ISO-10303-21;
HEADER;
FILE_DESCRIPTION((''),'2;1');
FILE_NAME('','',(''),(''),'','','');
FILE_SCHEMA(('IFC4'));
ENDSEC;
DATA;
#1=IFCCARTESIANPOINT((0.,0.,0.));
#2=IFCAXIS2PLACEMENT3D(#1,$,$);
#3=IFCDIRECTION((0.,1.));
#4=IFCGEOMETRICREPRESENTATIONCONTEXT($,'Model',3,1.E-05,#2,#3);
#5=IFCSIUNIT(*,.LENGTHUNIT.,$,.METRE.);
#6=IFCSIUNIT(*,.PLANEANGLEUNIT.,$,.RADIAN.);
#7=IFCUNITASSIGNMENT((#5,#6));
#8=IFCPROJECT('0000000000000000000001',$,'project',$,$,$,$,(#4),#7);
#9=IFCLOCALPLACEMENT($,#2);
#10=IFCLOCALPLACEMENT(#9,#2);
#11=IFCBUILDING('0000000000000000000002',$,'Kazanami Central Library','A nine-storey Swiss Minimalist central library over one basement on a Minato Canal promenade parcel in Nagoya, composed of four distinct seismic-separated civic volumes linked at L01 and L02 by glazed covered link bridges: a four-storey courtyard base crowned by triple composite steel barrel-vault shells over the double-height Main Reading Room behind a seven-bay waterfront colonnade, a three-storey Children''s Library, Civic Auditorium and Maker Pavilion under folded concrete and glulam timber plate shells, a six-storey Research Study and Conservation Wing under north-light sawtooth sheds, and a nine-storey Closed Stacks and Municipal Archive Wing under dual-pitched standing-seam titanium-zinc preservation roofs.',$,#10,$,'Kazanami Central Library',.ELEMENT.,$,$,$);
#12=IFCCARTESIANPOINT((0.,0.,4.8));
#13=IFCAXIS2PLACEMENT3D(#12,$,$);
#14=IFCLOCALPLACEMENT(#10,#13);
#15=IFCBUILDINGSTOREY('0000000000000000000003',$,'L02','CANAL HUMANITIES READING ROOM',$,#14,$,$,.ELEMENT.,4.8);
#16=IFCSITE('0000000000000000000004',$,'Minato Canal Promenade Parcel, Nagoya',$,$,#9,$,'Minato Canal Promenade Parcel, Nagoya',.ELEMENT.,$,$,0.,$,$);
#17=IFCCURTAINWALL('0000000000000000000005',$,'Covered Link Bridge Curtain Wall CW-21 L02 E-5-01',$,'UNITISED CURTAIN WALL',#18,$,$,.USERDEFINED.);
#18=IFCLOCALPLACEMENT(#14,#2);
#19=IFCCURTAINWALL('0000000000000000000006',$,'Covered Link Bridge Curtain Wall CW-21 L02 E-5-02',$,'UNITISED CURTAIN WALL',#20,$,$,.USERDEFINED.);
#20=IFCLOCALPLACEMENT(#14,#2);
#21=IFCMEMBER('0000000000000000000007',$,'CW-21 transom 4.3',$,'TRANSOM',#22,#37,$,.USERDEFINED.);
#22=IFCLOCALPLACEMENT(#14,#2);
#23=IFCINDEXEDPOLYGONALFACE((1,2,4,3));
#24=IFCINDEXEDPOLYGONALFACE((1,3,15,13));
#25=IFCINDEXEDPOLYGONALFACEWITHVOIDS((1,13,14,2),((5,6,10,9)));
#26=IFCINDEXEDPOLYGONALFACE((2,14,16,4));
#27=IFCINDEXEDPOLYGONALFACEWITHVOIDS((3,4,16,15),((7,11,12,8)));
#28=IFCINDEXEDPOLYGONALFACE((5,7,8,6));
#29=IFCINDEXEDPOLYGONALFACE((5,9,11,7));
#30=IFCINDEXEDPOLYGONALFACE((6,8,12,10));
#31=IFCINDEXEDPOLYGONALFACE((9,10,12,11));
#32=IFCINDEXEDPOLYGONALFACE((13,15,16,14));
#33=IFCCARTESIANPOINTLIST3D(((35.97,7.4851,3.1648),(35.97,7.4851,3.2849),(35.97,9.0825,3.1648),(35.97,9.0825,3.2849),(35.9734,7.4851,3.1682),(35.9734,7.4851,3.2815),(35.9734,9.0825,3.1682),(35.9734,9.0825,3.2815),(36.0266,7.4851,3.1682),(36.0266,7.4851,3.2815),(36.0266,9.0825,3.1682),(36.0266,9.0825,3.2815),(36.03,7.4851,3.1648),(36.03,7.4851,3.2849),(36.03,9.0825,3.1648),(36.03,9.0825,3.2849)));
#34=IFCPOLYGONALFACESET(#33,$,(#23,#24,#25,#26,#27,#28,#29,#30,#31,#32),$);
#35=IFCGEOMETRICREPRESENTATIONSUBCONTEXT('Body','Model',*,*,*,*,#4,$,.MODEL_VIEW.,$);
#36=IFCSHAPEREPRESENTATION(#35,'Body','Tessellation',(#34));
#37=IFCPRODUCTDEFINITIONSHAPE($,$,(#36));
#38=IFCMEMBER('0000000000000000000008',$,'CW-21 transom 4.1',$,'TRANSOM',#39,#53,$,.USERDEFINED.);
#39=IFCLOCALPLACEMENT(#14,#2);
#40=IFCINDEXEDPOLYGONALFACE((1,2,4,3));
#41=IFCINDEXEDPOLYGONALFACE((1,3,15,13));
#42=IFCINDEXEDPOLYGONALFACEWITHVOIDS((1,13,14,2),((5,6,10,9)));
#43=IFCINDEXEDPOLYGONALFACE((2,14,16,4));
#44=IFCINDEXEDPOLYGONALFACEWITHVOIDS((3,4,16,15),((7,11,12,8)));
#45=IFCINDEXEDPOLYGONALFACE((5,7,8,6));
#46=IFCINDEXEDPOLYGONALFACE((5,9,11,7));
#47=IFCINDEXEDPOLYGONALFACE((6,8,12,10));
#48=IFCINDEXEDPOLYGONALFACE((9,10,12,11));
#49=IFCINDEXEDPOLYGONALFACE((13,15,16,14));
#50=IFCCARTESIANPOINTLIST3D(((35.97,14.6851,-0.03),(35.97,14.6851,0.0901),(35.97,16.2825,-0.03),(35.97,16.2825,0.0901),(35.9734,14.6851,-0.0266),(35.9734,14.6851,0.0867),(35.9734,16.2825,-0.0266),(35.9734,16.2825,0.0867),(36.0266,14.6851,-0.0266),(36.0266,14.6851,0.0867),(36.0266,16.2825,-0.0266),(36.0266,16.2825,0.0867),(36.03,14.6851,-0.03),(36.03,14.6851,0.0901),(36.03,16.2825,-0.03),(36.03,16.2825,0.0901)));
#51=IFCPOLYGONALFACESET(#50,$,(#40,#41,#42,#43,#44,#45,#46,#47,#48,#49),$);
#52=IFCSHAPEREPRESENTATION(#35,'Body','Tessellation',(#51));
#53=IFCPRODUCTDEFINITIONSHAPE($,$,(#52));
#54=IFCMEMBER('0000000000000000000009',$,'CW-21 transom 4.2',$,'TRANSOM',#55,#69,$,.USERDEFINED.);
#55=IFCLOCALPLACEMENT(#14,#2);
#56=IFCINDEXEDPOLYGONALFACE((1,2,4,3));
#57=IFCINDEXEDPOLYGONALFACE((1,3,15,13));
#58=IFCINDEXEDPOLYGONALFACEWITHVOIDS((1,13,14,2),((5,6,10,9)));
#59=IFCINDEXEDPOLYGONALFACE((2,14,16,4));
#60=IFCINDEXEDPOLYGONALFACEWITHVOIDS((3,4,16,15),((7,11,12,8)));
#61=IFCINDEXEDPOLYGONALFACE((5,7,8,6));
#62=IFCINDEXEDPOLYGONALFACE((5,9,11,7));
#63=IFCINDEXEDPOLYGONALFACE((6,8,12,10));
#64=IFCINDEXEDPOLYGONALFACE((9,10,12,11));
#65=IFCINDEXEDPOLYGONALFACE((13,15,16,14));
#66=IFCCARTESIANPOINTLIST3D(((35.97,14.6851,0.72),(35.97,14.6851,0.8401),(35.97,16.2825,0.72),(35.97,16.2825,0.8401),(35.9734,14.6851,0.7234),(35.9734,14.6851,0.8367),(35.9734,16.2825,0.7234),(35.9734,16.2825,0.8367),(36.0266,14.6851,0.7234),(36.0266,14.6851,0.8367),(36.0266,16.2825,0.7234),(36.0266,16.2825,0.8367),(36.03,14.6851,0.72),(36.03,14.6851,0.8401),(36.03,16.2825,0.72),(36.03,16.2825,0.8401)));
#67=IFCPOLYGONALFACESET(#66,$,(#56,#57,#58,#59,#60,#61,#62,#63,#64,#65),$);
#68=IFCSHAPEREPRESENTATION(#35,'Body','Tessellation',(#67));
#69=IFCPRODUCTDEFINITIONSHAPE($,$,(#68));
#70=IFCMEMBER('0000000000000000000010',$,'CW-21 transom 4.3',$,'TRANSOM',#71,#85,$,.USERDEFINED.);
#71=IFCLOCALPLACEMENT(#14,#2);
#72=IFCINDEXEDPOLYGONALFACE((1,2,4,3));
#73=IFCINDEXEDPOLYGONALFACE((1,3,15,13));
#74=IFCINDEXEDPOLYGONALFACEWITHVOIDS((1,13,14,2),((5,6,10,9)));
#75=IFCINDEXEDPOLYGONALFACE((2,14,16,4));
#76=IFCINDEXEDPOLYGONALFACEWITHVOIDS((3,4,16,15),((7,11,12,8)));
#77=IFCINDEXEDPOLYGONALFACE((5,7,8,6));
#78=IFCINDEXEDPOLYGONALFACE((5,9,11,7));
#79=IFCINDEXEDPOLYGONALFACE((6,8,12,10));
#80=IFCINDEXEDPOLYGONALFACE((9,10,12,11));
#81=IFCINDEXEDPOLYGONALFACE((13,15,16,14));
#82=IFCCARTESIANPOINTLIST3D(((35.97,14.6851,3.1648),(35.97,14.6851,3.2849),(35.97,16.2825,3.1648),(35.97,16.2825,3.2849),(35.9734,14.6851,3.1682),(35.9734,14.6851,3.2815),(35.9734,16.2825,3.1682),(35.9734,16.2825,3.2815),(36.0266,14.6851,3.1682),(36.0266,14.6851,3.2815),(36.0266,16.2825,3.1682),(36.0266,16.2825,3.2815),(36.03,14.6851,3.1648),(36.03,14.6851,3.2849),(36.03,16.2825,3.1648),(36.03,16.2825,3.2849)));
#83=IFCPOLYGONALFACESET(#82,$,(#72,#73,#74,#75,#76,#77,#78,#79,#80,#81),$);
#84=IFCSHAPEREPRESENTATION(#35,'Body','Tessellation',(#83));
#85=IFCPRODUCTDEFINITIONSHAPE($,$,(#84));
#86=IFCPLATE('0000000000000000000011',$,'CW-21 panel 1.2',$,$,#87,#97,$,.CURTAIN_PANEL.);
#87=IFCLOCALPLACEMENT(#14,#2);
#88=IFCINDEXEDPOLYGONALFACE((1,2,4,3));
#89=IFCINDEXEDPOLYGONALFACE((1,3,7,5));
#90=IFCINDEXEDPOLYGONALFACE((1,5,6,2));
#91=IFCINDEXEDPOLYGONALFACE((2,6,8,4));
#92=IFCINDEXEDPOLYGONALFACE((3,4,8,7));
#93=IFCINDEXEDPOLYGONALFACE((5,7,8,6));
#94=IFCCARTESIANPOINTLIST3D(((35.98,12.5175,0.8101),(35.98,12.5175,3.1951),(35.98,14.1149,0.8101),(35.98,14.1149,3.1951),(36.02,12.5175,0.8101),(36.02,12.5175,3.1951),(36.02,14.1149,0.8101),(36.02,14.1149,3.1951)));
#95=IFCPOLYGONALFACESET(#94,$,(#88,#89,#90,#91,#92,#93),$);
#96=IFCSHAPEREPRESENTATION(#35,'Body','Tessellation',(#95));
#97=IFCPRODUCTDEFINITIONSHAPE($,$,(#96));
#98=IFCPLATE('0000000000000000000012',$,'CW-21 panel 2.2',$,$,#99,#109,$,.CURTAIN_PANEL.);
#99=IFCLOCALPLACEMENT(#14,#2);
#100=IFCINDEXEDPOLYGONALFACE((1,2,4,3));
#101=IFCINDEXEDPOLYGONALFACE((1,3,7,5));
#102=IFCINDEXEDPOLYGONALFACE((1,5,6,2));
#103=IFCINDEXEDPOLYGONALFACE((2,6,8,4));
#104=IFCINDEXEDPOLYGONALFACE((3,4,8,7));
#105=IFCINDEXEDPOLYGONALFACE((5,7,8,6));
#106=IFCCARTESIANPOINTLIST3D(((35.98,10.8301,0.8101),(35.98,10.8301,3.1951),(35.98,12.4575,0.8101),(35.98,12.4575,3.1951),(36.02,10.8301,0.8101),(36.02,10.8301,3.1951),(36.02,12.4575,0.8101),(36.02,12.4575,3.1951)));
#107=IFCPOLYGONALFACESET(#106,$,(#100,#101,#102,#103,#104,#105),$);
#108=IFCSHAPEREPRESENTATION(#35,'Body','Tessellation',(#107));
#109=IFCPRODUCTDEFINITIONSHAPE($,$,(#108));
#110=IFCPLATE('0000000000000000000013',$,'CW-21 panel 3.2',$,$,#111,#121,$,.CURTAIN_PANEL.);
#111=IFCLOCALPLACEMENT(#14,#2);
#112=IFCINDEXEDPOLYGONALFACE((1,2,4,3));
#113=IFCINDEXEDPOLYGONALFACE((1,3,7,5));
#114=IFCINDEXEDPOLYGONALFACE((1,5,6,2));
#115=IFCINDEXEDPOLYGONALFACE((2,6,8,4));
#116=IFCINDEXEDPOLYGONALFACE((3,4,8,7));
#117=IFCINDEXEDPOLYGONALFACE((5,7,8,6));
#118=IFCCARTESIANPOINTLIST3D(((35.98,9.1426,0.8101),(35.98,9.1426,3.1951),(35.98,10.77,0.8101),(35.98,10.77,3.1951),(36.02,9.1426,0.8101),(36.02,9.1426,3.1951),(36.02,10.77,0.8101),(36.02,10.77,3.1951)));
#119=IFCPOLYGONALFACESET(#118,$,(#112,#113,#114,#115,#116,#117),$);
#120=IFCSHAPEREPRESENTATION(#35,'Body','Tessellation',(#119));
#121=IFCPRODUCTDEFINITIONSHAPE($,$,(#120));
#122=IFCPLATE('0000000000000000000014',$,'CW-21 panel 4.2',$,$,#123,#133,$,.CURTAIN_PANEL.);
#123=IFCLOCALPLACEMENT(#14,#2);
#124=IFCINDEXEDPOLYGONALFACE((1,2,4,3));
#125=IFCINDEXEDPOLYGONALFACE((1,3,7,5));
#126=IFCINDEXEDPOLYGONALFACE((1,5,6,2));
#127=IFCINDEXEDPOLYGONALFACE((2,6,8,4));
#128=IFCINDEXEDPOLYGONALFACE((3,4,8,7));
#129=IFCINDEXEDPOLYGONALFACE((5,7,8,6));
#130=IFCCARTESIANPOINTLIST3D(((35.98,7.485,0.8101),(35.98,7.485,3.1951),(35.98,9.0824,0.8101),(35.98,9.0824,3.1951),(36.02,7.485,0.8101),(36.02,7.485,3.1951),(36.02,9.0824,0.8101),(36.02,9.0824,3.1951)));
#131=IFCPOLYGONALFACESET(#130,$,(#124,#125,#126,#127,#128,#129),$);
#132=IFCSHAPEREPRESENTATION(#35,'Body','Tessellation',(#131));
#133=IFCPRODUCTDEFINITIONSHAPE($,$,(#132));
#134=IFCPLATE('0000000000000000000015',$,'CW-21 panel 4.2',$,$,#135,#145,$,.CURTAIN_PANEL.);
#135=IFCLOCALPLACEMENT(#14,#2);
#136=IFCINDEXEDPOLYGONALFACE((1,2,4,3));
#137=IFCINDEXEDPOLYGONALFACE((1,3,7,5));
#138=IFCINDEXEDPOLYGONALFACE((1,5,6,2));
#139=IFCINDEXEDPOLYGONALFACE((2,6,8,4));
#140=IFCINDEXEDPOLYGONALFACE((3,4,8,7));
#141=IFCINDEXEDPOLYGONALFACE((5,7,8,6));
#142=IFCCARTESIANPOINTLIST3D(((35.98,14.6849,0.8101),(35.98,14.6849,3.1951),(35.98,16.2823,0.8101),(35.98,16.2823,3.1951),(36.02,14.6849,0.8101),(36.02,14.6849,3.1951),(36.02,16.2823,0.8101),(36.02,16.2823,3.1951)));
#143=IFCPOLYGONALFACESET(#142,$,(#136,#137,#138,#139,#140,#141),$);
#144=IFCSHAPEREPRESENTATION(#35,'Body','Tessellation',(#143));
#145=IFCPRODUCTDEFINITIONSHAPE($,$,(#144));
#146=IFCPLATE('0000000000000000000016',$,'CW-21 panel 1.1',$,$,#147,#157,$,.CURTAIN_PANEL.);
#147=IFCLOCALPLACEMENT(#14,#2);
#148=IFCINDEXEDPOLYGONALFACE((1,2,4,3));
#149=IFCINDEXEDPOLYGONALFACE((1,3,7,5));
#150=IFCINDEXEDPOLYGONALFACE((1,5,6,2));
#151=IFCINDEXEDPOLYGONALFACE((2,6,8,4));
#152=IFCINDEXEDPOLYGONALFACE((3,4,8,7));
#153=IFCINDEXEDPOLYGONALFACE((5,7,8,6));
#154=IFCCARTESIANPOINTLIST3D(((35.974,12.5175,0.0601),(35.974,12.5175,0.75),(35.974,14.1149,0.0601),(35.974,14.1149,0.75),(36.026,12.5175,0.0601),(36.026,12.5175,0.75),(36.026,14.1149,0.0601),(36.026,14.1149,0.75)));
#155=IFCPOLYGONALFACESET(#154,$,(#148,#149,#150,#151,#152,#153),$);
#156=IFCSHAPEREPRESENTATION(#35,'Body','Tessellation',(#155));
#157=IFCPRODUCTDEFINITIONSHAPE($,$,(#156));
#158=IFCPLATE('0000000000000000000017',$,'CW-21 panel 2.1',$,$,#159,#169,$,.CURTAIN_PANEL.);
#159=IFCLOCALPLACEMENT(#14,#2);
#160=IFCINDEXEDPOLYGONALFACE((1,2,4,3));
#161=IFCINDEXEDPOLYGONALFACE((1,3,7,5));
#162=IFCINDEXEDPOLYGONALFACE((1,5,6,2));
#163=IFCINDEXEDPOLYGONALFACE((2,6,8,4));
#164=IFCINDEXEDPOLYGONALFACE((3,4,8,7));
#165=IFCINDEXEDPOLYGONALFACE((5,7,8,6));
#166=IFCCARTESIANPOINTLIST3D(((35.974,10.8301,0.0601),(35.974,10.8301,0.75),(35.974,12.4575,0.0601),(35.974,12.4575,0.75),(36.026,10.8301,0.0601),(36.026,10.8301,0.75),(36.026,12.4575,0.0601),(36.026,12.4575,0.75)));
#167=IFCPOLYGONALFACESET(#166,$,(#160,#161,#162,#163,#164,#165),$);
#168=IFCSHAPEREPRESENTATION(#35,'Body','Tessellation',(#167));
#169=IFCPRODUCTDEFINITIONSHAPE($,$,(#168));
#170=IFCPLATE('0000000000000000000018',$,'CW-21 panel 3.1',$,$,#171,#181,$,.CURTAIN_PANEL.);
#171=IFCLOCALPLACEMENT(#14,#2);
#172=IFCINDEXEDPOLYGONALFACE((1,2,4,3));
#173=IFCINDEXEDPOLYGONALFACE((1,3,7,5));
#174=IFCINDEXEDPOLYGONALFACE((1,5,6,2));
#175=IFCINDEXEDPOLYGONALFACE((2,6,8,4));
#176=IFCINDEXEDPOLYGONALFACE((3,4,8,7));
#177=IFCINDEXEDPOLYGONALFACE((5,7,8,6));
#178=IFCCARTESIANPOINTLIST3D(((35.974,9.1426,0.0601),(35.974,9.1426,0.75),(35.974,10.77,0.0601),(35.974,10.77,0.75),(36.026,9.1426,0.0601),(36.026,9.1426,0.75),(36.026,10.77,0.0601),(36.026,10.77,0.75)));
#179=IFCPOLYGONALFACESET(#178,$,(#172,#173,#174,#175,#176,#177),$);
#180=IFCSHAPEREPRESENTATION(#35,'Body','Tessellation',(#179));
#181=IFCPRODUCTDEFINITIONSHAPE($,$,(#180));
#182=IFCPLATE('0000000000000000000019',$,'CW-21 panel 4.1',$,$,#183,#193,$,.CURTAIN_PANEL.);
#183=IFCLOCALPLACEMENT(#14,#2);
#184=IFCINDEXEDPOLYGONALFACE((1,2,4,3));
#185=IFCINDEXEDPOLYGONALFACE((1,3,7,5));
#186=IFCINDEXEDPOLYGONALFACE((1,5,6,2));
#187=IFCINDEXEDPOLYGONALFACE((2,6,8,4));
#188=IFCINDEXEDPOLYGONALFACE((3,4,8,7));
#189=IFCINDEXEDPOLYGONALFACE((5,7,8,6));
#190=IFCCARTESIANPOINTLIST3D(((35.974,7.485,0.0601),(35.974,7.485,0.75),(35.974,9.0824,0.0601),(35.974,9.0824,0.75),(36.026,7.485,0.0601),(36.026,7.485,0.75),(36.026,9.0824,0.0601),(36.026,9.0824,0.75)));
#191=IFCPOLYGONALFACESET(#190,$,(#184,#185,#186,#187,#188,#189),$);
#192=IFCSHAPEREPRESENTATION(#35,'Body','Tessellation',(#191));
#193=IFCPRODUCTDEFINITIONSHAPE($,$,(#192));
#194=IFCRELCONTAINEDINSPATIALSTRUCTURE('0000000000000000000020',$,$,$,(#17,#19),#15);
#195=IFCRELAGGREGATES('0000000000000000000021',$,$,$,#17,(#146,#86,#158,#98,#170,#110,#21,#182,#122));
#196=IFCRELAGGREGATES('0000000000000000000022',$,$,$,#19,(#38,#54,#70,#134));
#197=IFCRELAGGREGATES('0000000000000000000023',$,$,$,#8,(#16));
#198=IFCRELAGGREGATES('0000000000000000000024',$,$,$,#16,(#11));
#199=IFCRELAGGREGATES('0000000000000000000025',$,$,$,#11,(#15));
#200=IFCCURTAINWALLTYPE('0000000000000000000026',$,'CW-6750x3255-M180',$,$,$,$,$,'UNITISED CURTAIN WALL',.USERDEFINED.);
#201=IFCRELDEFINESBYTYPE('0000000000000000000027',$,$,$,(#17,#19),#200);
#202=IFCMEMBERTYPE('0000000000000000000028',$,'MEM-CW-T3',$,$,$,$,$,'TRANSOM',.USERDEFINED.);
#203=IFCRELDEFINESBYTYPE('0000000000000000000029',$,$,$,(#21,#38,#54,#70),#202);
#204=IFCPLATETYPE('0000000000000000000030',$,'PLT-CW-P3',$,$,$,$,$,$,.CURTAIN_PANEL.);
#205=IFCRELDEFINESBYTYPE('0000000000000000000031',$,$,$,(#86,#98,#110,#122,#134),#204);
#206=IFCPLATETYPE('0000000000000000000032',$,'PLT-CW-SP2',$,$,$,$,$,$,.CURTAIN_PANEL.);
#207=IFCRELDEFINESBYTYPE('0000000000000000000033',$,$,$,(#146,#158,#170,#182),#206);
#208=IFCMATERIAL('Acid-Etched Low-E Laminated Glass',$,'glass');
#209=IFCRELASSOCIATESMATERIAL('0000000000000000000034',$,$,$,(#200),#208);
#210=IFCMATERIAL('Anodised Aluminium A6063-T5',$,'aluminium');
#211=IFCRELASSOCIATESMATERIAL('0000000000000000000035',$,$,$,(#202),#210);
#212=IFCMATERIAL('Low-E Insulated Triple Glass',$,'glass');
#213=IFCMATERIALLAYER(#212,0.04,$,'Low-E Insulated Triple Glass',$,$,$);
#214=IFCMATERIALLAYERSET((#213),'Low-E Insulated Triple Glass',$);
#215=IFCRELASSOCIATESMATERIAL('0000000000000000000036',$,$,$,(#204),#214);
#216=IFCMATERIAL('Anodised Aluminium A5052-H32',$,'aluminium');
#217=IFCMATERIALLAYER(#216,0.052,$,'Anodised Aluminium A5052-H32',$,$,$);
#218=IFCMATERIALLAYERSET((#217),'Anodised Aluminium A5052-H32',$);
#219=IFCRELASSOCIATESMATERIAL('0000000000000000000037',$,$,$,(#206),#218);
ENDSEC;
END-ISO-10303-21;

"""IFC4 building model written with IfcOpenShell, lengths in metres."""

from ifc_helpers import new_model, si_unit, direction, frame, origin, origin_2d, place, context, subcontext, project, spatial, rectangle, hollow_rectangle, extrude, material, layer, layer_set, material_profile, profile_set, type_object, element, aggregate, save


model = new_model("IFC4")

# Units and contexts
model_context = context("Model", 3, precision=1e-05, world=origin(), true_north=direction((0.0, 1.0)))
body_context = subcontext(model_context, "Body", "Model", "MODEL_VIEW")
ifc_project = project(units=[si_unit("LENGTHUNIT", "METRE"), si_unit("PLANEANGLEUNIT", "RADIAN")], contexts=[model_context])

# Site, building, storey
site_placement = place(None, origin())
site = spatial("IfcSite", under=ifc_project, at=site_placement, Name="Minato Canal Promenade Parcel, Nagoya", LongName="Minato Canal Promenade Parcel, Nagoya", CompositionType="ELEMENT", RefElevation=0.0)
building_placement = place(site_placement, origin())
building = spatial("IfcBuilding", under=site, at=building_placement, Name="Kazanami Central Library", Description="A nine-storey Swiss Minimalist central library over one basement on a Minato Canal promenade parcel in Nagoya, composed of four distinct seismic-separated civic volumes linked at L01 and L02 by glazed covered link bridges: a four-storey courtyard base crowned by triple composite steel barrel-vault shells over the double-height Main Reading Room behind a seven-bay waterfront colonnade, a three-storey Children's Library, Civic Auditorium and Maker Pavilion under folded concrete and glulam timber plate shells, a six-storey Research Study and Conservation Wing under north-light sawtooth sheds, and a nine-storey Closed Stacks and Municipal Archive Wing under dual-pitched standing-seam titanium-zinc preservation roofs.", LongName="Kazanami Central Library", CompositionType="ELEMENT")
storey_placement = place(building_placement, frame((0.0, 0.0, 4.8)))
storey = spatial("IfcBuildingStorey", under=building, at=storey_placement, Name="L02", Description="CANAL HUMANITIES READING ROOM", CompositionType="ELEMENT", Elevation=4.8)

# Curtain walls
ifc_material_1 = material(Name="Acid-Etched Low-E Laminated Glass", Category="glass")
curtain_wall_type = type_object("IfcCurtainWallType", Name="CW-6750x3255-M180", ElementType="UNITISED CURTAIN WALL", PredefinedType="USERDEFINED", material=ifc_material_1)
curtain_wall_1_placement = place(storey_placement, origin())
curtain_wall_1 = element("IfcCurtainWall", 1, at=curtain_wall_1_placement, inside=storey, type_object=curtain_wall_type, Name="Covered Link Bridge Curtain Wall CW-21 L02 E-5-01", ObjectType="UNITISED CURTAIN WALL", PredefinedType="USERDEFINED")
ifc_material_2 = material(Name="Anodised Aluminium A6063-T5", Category="aluminium")
curtain_wall_2_placement = place(storey_placement, origin())
curtain_wall_2 = element("IfcCurtainWall", 2, at=curtain_wall_2_placement, inside=storey, type_object=curtain_wall_type, Name="Covered Link Bridge Curtain Wall CW-21 L02 E-5-02", ObjectType="UNITISED CURTAIN WALL", PredefinedType="USERDEFINED")

# Members
ifc_material_profile_1 = material_profile(ifc_material_2, hollow_rectangle(XDim=0.0601, YDim=0.1201, WallThickness=0.0034, at=origin_2d()), Name="ALU-TRAN-60x120x3.5")
ifc_profile_set_1 = profile_set([ifc_material_profile_1], Name="Anodised Aluminium A6063-T5")
member_type_1 = type_object("IfcMemberType", Name="MEM-CW-T3", ElementType="TRANSOM", PredefinedType="USERDEFINED", material=ifc_profile_set_1)
member_1_placement = place(storey_placement, frame((36.0, 9.0825, 3.2249), z_axis=(0.0, -1.0, 0.0), x_axis=(1.0, 0.0, 0.0)))
member_1 = element("IfcMember", 3, at=member_1_placement, type_object=member_type_1, Name="CW-21 transom 4.3", ObjectType="TRANSOM", PredefinedType="USERDEFINED", context=body_context, shape_type="SweptSolid", body=[
    extrude(hollow_rectangle(XDim=0.0601, YDim=0.1201, WallThickness=0.0034, at=origin_2d()), origin(), (0.0, 0.0, 1.0), 1.5974),
])
member_2_placement = place(storey_placement, frame((36.0, 16.2825, 0.03), z_axis=(0.0, -1.0, 0.0), x_axis=(1.0, 0.0, 0.0)))
member_2 = element("IfcMember", 4, at=member_2_placement, type_object=member_type_1, Name="CW-21 transom 4.1", ObjectType="TRANSOM", PredefinedType="USERDEFINED", context=body_context, shape_type="SweptSolid", body=[
    extrude(hollow_rectangle(XDim=0.0601, YDim=0.1201, WallThickness=0.0034, at=origin_2d()), origin(), (0.0, 0.0, 1.0), 1.5974),
])
member_3_placement = place(storey_placement, frame((36.0, 16.2825, 0.78), z_axis=(0.0, -1.0, 0.0), x_axis=(1.0, 0.0, 0.0)))
member_3 = element("IfcMember", 5, at=member_3_placement, type_object=member_type_1, Name="CW-21 transom 4.2", ObjectType="TRANSOM", PredefinedType="USERDEFINED", context=body_context, shape_type="SweptSolid", body=[
    extrude(hollow_rectangle(XDim=0.0601, YDim=0.1201, WallThickness=0.0034, at=origin_2d()), origin(), (0.0, 0.0, 1.0), 1.5974),
])
member_4_placement = place(storey_placement, frame((36.0, 16.2825, 3.2249), z_axis=(0.0, -1.0, 0.0), x_axis=(1.0, 0.0, 0.0)))
member_4 = element("IfcMember", 6, at=member_4_placement, type_object=member_type_1, Name="CW-21 transom 4.3", ObjectType="TRANSOM", PredefinedType="USERDEFINED", context=body_context, shape_type="SweptSolid", body=[
    extrude(hollow_rectangle(XDim=0.0601, YDim=0.1201, WallThickness=0.0034, at=origin_2d()), origin(), (0.0, 0.0, 1.0), 1.5974),
])

# Plates
ifc_material_3 = material(Name="Low-E Insulated Triple Glass", Category="glass")
ifc_layer_1 = layer(ifc_material_3, 0.04, Name="Low-E Insulated Triple Glass")
ifc_layer_set_1 = layer_set([ifc_layer_1], Name="Low-E Insulated Triple Glass")
plate_type_1 = type_object("IfcPlateType", Name="PLT-CW-P3", PredefinedType="CURTAIN_PANEL", material=ifc_layer_set_1)
plate_1_placement = place(storey_placement, frame((36.0, 13.3162, 0.8101), z_axis=(0.0, 0.0, 1.0), x_axis=(0.0, -1.0, 0.0)))
plate_1 = element("IfcPlate", 7, at=plate_1_placement, type_object=plate_type_1, Name="CW-21 panel 1.2", PredefinedType="CURTAIN_PANEL", context=body_context, shape_type="SweptSolid", body=[
    extrude(rectangle(XDim=1.5974, YDim=0.04, at=origin_2d()), origin(), (0.0, 0.0, 1.0), 2.385),
])
plate_2_placement = place(storey_placement, frame((36.0, 11.6438, 0.8101), z_axis=(0.0, 0.0, 1.0), x_axis=(0.0, -1.0, 0.0)))
plate_2 = element("IfcPlate", 8, at=plate_2_placement, type_object=plate_type_1, Name="CW-21 panel 2.2", PredefinedType="CURTAIN_PANEL", context=body_context, shape_type="SweptSolid", body=[
    extrude(rectangle(XDim=1.6274, YDim=0.04, at=origin_2d()), origin(), (0.0, 0.0, 1.0), 2.385),
])
plate_3_placement = place(storey_placement, frame((36.0, 9.9563, 0.8101), z_axis=(0.0, 0.0, 1.0), x_axis=(0.0, -1.0, 0.0)))
plate_3 = element("IfcPlate", 9, at=plate_3_placement, type_object=plate_type_1, Name="CW-21 panel 3.2", PredefinedType="CURTAIN_PANEL", context=body_context, shape_type="SweptSolid", body=[
    extrude(rectangle(XDim=1.6274, YDim=0.04, at=origin_2d()), origin(), (0.0, 0.0, 1.0), 2.385),
])
plate_4_placement = place(storey_placement, frame((36.0, 8.2837, 0.8101), z_axis=(0.0, 0.0, 1.0), x_axis=(0.0, -1.0, 0.0)))
plate_4 = element("IfcPlate", 10, at=plate_4_placement, type_object=plate_type_1, Name="CW-21 panel 4.2", PredefinedType="CURTAIN_PANEL", context=body_context, shape_type="SweptSolid", body=[
    extrude(rectangle(XDim=1.5974, YDim=0.04, at=origin_2d()), origin(), (0.0, 0.0, 1.0), 2.385),
])
plate_5_placement = place(storey_placement, frame((36.0, 15.4836, 0.8101), z_axis=(0.0, 0.0, 1.0), x_axis=(0.0, -1.0, 0.0)))
plate_5 = element("IfcPlate", 11, at=plate_5_placement, type_object=plate_type_1, Name="CW-21 panel 4.2", PredefinedType="CURTAIN_PANEL", context=body_context, shape_type="SweptSolid", body=[
    extrude(rectangle(XDim=1.5974, YDim=0.04, at=origin_2d()), origin(), (0.0, 0.0, 1.0), 2.385),
])
ifc_material_4 = material(Name="Anodised Aluminium A5052-H32", Category="aluminium")
ifc_layer_2 = layer(ifc_material_4, 0.052, Name="Anodised Aluminium A5052-H32")
ifc_layer_set_2 = layer_set([ifc_layer_2], Name="Anodised Aluminium A5052-H32")
plate_type_2 = type_object("IfcPlateType", Name="PLT-CW-SP2", PredefinedType="CURTAIN_PANEL", material=ifc_layer_set_2)
plate_6_placement = place(storey_placement, frame((36.0, 13.3162, 0.0601), z_axis=(0.0, 0.0, 1.0), x_axis=(0.0, -1.0, 0.0)))
plate_6 = element("IfcPlate", 12, at=plate_6_placement, type_object=plate_type_2, Name="CW-21 panel 1.1", PredefinedType="CURTAIN_PANEL", context=body_context, shape_type="SweptSolid", body=[
    extrude(rectangle(XDim=1.5974, YDim=0.052, at=origin_2d()), origin(), (0.0, 0.0, 1.0), 0.6899),
])
plate_7_placement = place(storey_placement, frame((36.0, 11.6438, 0.0601), z_axis=(0.0, 0.0, 1.0), x_axis=(0.0, -1.0, 0.0)))
plate_7 = element("IfcPlate", 13, at=plate_7_placement, type_object=plate_type_2, Name="CW-21 panel 2.1", PredefinedType="CURTAIN_PANEL", context=body_context, shape_type="SweptSolid", body=[
    extrude(rectangle(XDim=1.6274, YDim=0.052, at=origin_2d()), origin(), (0.0, 0.0, 1.0), 0.6899),
])
plate_8_placement = place(storey_placement, frame((36.0, 9.9563, 0.0601), z_axis=(0.0, 0.0, 1.0), x_axis=(0.0, -1.0, 0.0)))
plate_8 = element("IfcPlate", 14, at=plate_8_placement, type_object=plate_type_2, Name="CW-21 panel 3.1", PredefinedType="CURTAIN_PANEL", context=body_context, shape_type="SweptSolid", body=[
    extrude(rectangle(XDim=1.6274, YDim=0.052, at=origin_2d()), origin(), (0.0, 0.0, 1.0), 0.6899),
])
plate_9_placement = place(storey_placement, frame((36.0, 8.2837, 0.0601), z_axis=(0.0, 0.0, 1.0), x_axis=(0.0, -1.0, 0.0)))
plate_9 = element("IfcPlate", 15, at=plate_9_placement, type_object=plate_type_2, Name="CW-21 panel 4.1", PredefinedType="CURTAIN_PANEL", context=body_context, shape_type="SweptSolid", body=[
    extrude(rectangle(XDim=1.5974, YDim=0.052, at=origin_2d()), origin(), (0.0, 0.0, 1.0), 0.6899),
])
aggregate(curtain_wall_1, [plate_6, plate_1, plate_7, plate_2, plate_8, plate_3, member_1, plate_9, plate_4])
aggregate(curtain_wall_2, [member_2, member_3, member_4, plate_5])

save(model, "model.ifc")
